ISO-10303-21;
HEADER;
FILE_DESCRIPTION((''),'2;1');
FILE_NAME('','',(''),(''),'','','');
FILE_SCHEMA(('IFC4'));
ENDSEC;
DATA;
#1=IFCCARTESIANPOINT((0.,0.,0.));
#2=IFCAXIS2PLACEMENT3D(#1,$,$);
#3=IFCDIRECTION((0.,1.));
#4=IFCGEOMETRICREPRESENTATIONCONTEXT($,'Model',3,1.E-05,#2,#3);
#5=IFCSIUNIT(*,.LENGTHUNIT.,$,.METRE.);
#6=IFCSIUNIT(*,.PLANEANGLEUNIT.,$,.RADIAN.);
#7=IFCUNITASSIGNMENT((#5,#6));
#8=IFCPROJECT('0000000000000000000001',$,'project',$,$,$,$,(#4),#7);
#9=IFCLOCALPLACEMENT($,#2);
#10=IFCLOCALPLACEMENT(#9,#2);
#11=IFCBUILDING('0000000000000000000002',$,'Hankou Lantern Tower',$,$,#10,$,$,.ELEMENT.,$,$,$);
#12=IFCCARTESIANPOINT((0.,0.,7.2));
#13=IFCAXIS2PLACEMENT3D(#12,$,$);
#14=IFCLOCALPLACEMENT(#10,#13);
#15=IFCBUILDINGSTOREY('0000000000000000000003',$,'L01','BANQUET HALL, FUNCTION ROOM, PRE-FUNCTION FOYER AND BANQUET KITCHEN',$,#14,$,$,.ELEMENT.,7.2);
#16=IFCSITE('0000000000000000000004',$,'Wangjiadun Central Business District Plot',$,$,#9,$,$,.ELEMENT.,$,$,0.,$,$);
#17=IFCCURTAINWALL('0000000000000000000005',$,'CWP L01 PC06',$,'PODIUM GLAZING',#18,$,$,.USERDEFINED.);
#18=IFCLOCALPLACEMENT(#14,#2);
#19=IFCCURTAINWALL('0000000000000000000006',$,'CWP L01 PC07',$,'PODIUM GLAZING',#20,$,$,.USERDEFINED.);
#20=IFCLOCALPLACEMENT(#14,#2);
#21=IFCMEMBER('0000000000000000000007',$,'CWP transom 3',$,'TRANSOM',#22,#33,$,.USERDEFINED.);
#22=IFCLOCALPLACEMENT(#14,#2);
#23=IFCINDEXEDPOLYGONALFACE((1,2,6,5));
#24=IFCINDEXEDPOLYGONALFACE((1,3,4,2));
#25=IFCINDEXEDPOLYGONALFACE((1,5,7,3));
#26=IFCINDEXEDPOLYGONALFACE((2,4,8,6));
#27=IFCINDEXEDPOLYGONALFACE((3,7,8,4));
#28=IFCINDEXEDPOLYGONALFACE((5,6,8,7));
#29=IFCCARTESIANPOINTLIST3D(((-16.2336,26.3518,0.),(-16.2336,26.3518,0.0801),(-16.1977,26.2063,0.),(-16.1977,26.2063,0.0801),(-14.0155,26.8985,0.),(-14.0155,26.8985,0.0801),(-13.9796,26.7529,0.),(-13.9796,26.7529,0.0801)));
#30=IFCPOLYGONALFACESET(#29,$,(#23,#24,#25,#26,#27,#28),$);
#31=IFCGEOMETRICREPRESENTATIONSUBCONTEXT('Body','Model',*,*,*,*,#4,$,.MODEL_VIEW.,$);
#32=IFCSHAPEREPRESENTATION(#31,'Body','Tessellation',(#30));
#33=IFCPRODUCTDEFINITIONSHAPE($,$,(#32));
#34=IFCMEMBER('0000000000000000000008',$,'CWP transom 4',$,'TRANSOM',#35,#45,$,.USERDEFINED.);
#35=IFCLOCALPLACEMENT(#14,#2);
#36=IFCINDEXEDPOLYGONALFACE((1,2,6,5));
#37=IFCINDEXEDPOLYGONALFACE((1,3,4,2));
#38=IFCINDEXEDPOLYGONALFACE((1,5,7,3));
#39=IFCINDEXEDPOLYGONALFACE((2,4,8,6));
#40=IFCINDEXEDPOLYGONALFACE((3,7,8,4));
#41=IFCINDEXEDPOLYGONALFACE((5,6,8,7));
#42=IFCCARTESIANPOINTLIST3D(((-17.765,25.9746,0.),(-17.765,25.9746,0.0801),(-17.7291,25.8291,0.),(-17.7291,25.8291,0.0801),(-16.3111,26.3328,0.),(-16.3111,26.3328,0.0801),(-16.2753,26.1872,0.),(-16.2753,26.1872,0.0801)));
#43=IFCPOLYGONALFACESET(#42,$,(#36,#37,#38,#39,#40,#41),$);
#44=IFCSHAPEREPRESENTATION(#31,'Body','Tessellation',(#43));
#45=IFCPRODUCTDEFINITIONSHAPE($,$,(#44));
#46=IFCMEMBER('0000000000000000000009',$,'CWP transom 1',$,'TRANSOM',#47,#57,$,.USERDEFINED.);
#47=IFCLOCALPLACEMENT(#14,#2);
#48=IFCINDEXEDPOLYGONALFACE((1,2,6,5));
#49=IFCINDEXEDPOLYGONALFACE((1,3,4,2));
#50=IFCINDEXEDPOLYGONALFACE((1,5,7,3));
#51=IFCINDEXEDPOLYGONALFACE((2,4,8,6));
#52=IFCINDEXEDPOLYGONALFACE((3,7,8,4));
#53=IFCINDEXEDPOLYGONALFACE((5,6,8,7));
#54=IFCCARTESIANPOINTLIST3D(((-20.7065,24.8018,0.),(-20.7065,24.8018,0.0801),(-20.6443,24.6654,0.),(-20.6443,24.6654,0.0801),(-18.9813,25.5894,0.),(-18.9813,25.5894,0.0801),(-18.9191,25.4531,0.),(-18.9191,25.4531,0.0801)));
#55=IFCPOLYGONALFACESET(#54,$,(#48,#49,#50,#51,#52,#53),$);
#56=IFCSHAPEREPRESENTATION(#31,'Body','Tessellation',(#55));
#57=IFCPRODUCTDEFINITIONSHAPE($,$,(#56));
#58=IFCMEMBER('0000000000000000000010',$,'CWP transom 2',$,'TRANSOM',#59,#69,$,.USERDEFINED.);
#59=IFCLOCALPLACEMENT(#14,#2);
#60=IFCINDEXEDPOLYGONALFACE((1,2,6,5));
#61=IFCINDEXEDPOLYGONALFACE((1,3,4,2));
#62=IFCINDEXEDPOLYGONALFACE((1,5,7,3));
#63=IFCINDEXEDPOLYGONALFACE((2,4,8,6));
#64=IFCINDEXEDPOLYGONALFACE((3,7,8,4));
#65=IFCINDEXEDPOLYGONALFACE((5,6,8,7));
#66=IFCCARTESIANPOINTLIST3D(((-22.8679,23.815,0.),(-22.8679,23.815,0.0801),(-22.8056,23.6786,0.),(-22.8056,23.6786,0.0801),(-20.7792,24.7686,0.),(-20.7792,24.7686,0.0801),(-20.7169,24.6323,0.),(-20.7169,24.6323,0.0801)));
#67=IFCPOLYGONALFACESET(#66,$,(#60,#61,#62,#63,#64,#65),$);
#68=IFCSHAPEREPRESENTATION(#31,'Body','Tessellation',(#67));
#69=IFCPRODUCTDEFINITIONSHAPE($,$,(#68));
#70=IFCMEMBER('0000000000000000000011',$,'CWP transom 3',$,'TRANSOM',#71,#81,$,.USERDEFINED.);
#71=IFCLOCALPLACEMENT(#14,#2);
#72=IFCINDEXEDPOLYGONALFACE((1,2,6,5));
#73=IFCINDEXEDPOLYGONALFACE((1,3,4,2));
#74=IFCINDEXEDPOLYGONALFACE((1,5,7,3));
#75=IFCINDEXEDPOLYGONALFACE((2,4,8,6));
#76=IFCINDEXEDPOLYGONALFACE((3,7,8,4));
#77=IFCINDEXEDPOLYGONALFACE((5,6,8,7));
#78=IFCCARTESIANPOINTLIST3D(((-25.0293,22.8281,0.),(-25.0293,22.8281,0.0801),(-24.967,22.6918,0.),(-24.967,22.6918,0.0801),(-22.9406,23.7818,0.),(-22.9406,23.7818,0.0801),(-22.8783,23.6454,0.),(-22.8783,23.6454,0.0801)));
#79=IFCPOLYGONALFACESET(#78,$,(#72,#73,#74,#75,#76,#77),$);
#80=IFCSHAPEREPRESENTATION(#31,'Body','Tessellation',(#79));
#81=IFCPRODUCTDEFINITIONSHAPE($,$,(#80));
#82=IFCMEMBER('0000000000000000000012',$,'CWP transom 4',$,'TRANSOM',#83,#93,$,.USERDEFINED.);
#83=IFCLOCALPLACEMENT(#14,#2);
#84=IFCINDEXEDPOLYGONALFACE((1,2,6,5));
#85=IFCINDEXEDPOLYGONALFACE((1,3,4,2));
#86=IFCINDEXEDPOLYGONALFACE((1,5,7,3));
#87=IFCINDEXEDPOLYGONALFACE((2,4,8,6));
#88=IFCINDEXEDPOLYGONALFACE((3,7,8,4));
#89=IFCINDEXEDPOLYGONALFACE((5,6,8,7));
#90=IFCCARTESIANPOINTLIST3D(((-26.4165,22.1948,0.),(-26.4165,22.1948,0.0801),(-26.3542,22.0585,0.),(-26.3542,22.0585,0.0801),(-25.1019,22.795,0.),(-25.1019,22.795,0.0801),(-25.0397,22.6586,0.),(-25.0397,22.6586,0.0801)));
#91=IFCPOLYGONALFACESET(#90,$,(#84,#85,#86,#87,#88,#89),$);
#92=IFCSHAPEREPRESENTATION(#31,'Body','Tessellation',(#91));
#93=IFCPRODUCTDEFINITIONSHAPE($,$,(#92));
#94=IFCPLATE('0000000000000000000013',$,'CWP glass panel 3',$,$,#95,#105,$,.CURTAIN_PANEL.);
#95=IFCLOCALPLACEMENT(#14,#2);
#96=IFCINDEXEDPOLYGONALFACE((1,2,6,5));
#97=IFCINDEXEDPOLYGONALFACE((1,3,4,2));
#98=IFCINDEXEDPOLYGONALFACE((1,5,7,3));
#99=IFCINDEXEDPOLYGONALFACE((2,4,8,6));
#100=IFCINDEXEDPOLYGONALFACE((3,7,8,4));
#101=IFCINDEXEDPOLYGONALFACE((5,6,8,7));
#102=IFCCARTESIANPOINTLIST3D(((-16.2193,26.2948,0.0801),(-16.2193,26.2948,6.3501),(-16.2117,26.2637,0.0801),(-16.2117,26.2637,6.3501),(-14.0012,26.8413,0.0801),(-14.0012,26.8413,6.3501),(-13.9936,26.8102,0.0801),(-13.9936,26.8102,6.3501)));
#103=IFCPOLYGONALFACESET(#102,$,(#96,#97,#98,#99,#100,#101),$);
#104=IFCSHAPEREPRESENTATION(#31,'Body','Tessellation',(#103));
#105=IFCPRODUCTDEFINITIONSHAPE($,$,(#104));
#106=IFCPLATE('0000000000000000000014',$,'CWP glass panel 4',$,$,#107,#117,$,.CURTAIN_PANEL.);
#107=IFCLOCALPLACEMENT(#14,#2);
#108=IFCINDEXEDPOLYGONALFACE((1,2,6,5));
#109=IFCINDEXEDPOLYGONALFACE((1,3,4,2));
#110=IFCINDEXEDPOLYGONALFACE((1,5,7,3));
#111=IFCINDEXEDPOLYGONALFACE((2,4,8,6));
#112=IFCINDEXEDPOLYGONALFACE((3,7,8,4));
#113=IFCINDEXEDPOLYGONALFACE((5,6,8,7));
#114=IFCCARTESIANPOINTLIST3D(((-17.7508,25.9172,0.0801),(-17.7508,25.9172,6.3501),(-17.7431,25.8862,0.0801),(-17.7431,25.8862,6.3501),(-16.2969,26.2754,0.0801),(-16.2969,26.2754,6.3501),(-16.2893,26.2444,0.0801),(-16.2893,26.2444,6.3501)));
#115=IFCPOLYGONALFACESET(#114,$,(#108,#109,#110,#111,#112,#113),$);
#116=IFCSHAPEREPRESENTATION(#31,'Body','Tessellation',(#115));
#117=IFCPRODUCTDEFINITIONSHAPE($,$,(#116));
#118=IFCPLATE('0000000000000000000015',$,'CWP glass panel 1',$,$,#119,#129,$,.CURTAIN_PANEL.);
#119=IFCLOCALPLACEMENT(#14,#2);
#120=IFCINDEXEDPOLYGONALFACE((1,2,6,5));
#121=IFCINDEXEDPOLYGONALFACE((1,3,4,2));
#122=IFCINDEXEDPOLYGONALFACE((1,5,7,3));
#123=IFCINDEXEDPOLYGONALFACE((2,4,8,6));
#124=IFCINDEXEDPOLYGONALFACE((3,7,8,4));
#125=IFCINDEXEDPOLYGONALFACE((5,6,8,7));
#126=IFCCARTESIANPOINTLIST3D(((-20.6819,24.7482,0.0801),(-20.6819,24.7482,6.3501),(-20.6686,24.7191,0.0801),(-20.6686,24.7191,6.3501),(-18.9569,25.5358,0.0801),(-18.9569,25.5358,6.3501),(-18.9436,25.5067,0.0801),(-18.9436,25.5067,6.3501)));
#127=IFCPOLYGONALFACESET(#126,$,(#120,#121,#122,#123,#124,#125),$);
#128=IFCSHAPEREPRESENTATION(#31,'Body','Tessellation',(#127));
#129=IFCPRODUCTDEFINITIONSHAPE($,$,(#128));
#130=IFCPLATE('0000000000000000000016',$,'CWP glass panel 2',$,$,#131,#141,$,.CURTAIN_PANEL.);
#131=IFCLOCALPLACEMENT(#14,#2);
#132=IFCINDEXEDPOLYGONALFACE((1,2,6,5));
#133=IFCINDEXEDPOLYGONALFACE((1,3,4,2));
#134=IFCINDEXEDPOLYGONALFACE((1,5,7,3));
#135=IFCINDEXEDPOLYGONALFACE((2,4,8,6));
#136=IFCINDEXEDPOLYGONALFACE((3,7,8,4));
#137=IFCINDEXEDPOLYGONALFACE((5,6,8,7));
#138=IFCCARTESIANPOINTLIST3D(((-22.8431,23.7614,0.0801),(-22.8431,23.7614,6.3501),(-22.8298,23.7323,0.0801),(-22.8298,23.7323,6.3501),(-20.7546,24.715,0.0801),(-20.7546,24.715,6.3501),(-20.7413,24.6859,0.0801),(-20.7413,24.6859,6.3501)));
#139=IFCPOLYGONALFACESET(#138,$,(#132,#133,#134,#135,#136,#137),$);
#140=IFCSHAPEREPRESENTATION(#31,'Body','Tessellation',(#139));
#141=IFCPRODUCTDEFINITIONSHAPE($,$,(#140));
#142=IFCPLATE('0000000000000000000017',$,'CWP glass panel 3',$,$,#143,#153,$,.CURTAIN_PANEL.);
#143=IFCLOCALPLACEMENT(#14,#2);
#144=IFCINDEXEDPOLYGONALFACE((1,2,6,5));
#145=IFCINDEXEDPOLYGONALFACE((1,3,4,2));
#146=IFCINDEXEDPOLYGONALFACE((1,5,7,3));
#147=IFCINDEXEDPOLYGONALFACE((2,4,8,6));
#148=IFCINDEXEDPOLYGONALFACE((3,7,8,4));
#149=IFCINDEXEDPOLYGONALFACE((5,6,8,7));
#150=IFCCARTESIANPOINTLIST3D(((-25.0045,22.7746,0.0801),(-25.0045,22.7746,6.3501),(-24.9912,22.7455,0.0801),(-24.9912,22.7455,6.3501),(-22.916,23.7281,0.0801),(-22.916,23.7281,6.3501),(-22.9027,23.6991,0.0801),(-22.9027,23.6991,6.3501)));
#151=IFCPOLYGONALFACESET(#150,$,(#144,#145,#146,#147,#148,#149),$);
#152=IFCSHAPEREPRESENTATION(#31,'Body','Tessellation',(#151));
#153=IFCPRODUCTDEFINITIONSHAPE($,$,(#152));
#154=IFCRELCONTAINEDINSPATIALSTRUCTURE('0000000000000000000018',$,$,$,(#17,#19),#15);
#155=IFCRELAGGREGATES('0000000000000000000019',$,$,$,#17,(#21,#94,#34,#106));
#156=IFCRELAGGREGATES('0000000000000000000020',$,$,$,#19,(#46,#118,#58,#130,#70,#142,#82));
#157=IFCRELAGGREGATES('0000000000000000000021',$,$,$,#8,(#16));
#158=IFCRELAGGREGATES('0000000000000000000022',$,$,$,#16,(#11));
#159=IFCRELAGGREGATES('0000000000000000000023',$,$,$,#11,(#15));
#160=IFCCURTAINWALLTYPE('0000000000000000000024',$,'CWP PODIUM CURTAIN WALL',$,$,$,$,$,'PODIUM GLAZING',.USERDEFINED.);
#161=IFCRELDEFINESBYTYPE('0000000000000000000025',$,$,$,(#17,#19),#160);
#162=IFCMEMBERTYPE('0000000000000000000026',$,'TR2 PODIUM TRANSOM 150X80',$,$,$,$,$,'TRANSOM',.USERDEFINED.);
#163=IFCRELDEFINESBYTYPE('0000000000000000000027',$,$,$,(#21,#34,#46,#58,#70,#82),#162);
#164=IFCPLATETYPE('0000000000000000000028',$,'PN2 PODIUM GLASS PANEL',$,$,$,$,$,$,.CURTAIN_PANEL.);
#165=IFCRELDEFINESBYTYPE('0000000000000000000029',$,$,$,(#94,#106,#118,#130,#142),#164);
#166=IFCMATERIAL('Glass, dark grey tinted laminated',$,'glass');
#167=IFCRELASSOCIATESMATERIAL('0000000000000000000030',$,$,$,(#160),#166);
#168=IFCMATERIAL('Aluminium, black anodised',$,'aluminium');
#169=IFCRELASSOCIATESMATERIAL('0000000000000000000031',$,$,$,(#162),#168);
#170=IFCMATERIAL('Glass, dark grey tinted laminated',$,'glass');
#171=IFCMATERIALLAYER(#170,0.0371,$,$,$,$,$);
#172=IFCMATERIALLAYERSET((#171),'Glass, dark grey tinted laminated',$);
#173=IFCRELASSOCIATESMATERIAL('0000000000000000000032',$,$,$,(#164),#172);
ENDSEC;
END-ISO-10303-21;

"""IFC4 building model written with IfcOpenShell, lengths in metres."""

from ifc_helpers import new_model, si_unit, direction, frame, origin, origin_2d, place, context, subcontext, project, spatial, rectangle, extrude, material, layer, layer_set, material_profile, profile_set, type_object, element, aggregate, save


model = new_model("IFC4")

# Units and contexts
model_context = context("Model", 3, precision=1e-05, world=origin(), true_north=direction((0.0, 1.0)))
body_context = subcontext(model_context, "Body", "Model", "MODEL_VIEW")
ifc_project = project(units=[si_unit("LENGTHUNIT", "METRE"), si_unit("PLANEANGLEUNIT", "RADIAN")], contexts=[model_context])

# Site, building, storey
site_placement = place(None, origin())
site = spatial("IfcSite", under=ifc_project, at=site_placement, Name="Wangjiadun Central Business District Plot", CompositionType="ELEMENT", RefElevation=0.0)
building_placement = place(site_placement, origin())
building = spatial("IfcBuilding", under=site, at=building_placement, Name="Hankou Lantern Tower", CompositionType="ELEMENT")
storey_placement = place(building_placement, frame((0.0, 0.0, 7.2)))
storey = spatial("IfcBuildingStorey", under=building, at=storey_placement, Name="L01", Description="BANQUET HALL, FUNCTION ROOM, PRE-FUNCTION FOYER AND BANQUET KITCHEN", CompositionType="ELEMENT", Elevation=7.2)

# Curtain walls
ifc_material_1 = material(Name="Glass, dark grey tinted laminated", Category="glass")
curtain_wall_type = type_object("IfcCurtainWallType", Name="CWP PODIUM CURTAIN WALL", ElementType="PODIUM GLAZING", PredefinedType="USERDEFINED", material=ifc_material_1)
curtain_wall_1_placement = place(storey_placement, origin())
curtain_wall_1 = element("IfcCurtainWall", 1, at=curtain_wall_1_placement, inside=storey, type_object=curtain_wall_type, Name="CWP L01 PC06", ObjectType="PODIUM GLAZING", PredefinedType="USERDEFINED")
curtain_wall_2_placement = place(storey_placement, origin())
curtain_wall_2 = element("IfcCurtainWall", 2, at=curtain_wall_2_placement, inside=storey, type_object=curtain_wall_type, Name="CWP L01 PC07", ObjectType="PODIUM GLAZING", PredefinedType="USERDEFINED")

# Members
ifc_material_2 = material(Name="Aluminium, black anodised", Category="aluminium")
ifc_material_profile_1 = material_profile(ifc_material_2, rectangle(XDim=0.1499, YDim=0.0801, at=origin_2d()), Name="TR2 150X80")
ifc_profile_set_1 = profile_set([ifc_material_profile_1], Name="Aluminium, black anodised")
member_type_1 = type_object("IfcMemberType", Name="TR2 PODIUM TRANSOM 150X80", ElementType="TRANSOM", PredefinedType="USERDEFINED", material=ifc_profile_set_1)
member_1_placement = place(storey_placement, frame((-13.9976, 26.8257, 0.04), z_axis=(-0.970948, -0.23929, 0.0), x_axis=(0.23929, -0.970948, 0.0)))
member_1 = element("IfcMember", 3, at=member_1_placement, type_object=member_type_1, Name="CWP transom 3", ObjectType="TRANSOM", PredefinedType="USERDEFINED", context=body_context, shape_type="SweptSolid", body=[
    extrude(rectangle(XDim=0.1499, YDim=0.0801, at=origin_2d()), origin(), (0.0, 0.0, 1.0), 2.2844),
])
member_2_placement = place(storey_placement, frame((-16.2932, 26.26, 0.04), z_axis=(-0.970971, -0.239196, 0.0), x_axis=(0.239196, -0.970971, 0.0)))
member_2 = element("IfcMember", 4, at=member_2_placement, type_object=member_type_1, Name="CWP transom 4", ObjectType="TRANSOM", PredefinedType="USERDEFINED", context=body_context, shape_type="SweptSolid", body=[
    extrude(rectangle(XDim=0.1499, YDim=0.0801, at=origin_2d()), origin(), (0.0, 0.0, 1.0), 1.4973),
])
member_3_placement = place(storey_placement, frame((-18.9502, 25.5212, 0.04), z_axis=(-0.909677, -0.415316, 0.0), x_axis=(0.415316, -0.909677, 0.0)))
member_3 = element("IfcMember", 5, at=member_3_placement, type_object=member_type_1, Name="CWP transom 1", ObjectType="TRANSOM", PredefinedType="USERDEFINED", context=body_context, shape_type="SweptSolid", body=[
    extrude(rectangle(XDim=0.1499, YDim=0.0801, at=origin_2d()), origin(), (0.0, 0.0, 1.0), 1.8965),
])
member_4_placement = place(storey_placement, frame((-20.748, 24.7004, 0.04), z_axis=(-0.90967, -0.415333, 0.0), x_axis=(0.415333, -0.90967, 0.0)))
member_4 = element("IfcMember", 6, at=member_4_placement, type_object=member_type_1, Name="CWP transom 2", ObjectType="TRANSOM", PredefinedType="USERDEFINED", context=body_context, shape_type="SweptSolid", body=[
    extrude(rectangle(XDim=0.1499, YDim=0.0801, at=origin_2d()), origin(), (0.0, 0.0, 1.0), 2.2961),
])
member_5_placement = place(storey_placement, frame((-22.9094, 23.7136, 0.04), z_axis=(-0.90967, -0.415333, 0.0), x_axis=(0.415333, -0.90967, 0.0)))
member_5 = element("IfcMember", 7, at=member_5_placement, type_object=member_type_1, Name="CWP transom 3", ObjectType="TRANSOM", PredefinedType="USERDEFINED", context=body_context, shape_type="SweptSolid", body=[
    extrude(rectangle(XDim=0.1499, YDim=0.0801, at=origin_2d()), origin(), (0.0, 0.0, 1.0), 2.2961),
])
member_6_placement = place(storey_placement, frame((-25.0708, 22.7268, 0.04), z_axis=(-0.909682, -0.415305, 0.0), x_axis=(0.415305, -0.909682, 0.0)))
member_6 = element("IfcMember", 8, at=member_6_placement, type_object=member_type_1, Name="CWP transom 4", ObjectType="TRANSOM", PredefinedType="USERDEFINED", context=body_context, shape_type="SweptSolid", body=[
    extrude(rectangle(XDim=0.1499, YDim=0.0801, at=origin_2d()), origin(), (0.0, 0.0, 1.0), 1.4451),
])

# Plates
ifc_material_3 = material(Name="Glass, dark grey tinted laminated", Category="glass")
ifc_layer = layer(ifc_material_3, 0.0371)
ifc_layer_set = layer_set([ifc_layer], Name="Glass, dark grey tinted laminated")
plate_type = type_object("IfcPlateType", Name="PN2 PODIUM GLASS PANEL", PredefinedType="CURTAIN_PANEL", material=ifc_layer_set)
plate_1_placement = place(storey_placement, frame((-15.1064, 26.5525, 0.0801), z_axis=(0.0, 0.0, 1.0), x_axis=(-0.970961, -0.239238, 0.0)))
plate_1 = element("IfcPlate", 9, at=plate_1_placement, type_object=plate_type, Name="CWP glass panel 3", PredefinedType="CURTAIN_PANEL", context=body_context, shape_type="SweptSolid", body=[
    extrude(rectangle(XDim=2.2844, YDim=0.032, at=origin_2d()), origin(), (0.0, 0.0, 1.0), 6.27),
])
plate_2_placement = place(storey_placement, frame((-17.02, 26.0808, 0.0801), z_axis=(0.0, 0.0, 1.0), x_axis=(-0.970961, -0.239238, 0.0)))
plate_2 = element("IfcPlate", 10, at=plate_2_placement, type_object=plate_type, Name="CWP glass panel 4", PredefinedType="CURTAIN_PANEL", context=body_context, shape_type="SweptSolid", body=[
    extrude(rectangle(XDim=1.4973, YDim=0.032, at=origin_2d()), origin(), (0.0, 0.0, 1.0), 6.27),
])
aggregate(curtain_wall_1, [member_1, plate_1, member_2, plate_2])
plate_3_placement = place(storey_placement, frame((-19.8127, 25.1274, 0.0801), z_axis=(0.0, 0.0, 1.0), x_axis=(-0.90967, -0.415332, 0.0)))
plate_3 = element("IfcPlate", 11, at=plate_3_placement, type_object=plate_type, Name="CWP glass panel 1", PredefinedType="CURTAIN_PANEL", context=body_context, shape_type="SweptSolid", body=[
    extrude(rectangle(XDim=1.8962, YDim=0.032, at=origin_2d()), origin(), (0.0, 0.0, 1.0), 6.27),
])
plate_4_placement = place(storey_placement, frame((-21.7922, 24.2236, 0.0801), z_axis=(0.0, 0.0, 1.0), x_axis=(-0.90967, -0.415332, 0.0)))
plate_4 = element("IfcPlate", 12, at=plate_4_placement, type_object=plate_type, Name="CWP glass panel 2", PredefinedType="CURTAIN_PANEL", context=body_context, shape_type="SweptSolid", body=[
    extrude(rectangle(XDim=2.2959, YDim=0.032, at=origin_2d()), origin(), (0.0, 0.0, 1.0), 6.27),
])
plate_5_placement = place(storey_placement, frame((-23.9536, 23.2368, 0.0801), z_axis=(0.0, 0.0, 1.0), x_axis=(-0.90967, -0.415332, 0.0)))
plate_5 = element("IfcPlate", 13, at=plate_5_placement, type_object=plate_type, Name="CWP glass panel 3", PredefinedType="CURTAIN_PANEL", context=body_context, shape_type="SweptSolid", body=[
    extrude(rectangle(XDim=2.2959, YDim=0.032, at=origin_2d()), origin(), (0.0, 0.0, 1.0), 6.27),
])
aggregate(curtain_wall_2, [member_3, plate_3, member_4, plate_4, member_5, plate_5, member_6])

save(model, "model.ifc")
